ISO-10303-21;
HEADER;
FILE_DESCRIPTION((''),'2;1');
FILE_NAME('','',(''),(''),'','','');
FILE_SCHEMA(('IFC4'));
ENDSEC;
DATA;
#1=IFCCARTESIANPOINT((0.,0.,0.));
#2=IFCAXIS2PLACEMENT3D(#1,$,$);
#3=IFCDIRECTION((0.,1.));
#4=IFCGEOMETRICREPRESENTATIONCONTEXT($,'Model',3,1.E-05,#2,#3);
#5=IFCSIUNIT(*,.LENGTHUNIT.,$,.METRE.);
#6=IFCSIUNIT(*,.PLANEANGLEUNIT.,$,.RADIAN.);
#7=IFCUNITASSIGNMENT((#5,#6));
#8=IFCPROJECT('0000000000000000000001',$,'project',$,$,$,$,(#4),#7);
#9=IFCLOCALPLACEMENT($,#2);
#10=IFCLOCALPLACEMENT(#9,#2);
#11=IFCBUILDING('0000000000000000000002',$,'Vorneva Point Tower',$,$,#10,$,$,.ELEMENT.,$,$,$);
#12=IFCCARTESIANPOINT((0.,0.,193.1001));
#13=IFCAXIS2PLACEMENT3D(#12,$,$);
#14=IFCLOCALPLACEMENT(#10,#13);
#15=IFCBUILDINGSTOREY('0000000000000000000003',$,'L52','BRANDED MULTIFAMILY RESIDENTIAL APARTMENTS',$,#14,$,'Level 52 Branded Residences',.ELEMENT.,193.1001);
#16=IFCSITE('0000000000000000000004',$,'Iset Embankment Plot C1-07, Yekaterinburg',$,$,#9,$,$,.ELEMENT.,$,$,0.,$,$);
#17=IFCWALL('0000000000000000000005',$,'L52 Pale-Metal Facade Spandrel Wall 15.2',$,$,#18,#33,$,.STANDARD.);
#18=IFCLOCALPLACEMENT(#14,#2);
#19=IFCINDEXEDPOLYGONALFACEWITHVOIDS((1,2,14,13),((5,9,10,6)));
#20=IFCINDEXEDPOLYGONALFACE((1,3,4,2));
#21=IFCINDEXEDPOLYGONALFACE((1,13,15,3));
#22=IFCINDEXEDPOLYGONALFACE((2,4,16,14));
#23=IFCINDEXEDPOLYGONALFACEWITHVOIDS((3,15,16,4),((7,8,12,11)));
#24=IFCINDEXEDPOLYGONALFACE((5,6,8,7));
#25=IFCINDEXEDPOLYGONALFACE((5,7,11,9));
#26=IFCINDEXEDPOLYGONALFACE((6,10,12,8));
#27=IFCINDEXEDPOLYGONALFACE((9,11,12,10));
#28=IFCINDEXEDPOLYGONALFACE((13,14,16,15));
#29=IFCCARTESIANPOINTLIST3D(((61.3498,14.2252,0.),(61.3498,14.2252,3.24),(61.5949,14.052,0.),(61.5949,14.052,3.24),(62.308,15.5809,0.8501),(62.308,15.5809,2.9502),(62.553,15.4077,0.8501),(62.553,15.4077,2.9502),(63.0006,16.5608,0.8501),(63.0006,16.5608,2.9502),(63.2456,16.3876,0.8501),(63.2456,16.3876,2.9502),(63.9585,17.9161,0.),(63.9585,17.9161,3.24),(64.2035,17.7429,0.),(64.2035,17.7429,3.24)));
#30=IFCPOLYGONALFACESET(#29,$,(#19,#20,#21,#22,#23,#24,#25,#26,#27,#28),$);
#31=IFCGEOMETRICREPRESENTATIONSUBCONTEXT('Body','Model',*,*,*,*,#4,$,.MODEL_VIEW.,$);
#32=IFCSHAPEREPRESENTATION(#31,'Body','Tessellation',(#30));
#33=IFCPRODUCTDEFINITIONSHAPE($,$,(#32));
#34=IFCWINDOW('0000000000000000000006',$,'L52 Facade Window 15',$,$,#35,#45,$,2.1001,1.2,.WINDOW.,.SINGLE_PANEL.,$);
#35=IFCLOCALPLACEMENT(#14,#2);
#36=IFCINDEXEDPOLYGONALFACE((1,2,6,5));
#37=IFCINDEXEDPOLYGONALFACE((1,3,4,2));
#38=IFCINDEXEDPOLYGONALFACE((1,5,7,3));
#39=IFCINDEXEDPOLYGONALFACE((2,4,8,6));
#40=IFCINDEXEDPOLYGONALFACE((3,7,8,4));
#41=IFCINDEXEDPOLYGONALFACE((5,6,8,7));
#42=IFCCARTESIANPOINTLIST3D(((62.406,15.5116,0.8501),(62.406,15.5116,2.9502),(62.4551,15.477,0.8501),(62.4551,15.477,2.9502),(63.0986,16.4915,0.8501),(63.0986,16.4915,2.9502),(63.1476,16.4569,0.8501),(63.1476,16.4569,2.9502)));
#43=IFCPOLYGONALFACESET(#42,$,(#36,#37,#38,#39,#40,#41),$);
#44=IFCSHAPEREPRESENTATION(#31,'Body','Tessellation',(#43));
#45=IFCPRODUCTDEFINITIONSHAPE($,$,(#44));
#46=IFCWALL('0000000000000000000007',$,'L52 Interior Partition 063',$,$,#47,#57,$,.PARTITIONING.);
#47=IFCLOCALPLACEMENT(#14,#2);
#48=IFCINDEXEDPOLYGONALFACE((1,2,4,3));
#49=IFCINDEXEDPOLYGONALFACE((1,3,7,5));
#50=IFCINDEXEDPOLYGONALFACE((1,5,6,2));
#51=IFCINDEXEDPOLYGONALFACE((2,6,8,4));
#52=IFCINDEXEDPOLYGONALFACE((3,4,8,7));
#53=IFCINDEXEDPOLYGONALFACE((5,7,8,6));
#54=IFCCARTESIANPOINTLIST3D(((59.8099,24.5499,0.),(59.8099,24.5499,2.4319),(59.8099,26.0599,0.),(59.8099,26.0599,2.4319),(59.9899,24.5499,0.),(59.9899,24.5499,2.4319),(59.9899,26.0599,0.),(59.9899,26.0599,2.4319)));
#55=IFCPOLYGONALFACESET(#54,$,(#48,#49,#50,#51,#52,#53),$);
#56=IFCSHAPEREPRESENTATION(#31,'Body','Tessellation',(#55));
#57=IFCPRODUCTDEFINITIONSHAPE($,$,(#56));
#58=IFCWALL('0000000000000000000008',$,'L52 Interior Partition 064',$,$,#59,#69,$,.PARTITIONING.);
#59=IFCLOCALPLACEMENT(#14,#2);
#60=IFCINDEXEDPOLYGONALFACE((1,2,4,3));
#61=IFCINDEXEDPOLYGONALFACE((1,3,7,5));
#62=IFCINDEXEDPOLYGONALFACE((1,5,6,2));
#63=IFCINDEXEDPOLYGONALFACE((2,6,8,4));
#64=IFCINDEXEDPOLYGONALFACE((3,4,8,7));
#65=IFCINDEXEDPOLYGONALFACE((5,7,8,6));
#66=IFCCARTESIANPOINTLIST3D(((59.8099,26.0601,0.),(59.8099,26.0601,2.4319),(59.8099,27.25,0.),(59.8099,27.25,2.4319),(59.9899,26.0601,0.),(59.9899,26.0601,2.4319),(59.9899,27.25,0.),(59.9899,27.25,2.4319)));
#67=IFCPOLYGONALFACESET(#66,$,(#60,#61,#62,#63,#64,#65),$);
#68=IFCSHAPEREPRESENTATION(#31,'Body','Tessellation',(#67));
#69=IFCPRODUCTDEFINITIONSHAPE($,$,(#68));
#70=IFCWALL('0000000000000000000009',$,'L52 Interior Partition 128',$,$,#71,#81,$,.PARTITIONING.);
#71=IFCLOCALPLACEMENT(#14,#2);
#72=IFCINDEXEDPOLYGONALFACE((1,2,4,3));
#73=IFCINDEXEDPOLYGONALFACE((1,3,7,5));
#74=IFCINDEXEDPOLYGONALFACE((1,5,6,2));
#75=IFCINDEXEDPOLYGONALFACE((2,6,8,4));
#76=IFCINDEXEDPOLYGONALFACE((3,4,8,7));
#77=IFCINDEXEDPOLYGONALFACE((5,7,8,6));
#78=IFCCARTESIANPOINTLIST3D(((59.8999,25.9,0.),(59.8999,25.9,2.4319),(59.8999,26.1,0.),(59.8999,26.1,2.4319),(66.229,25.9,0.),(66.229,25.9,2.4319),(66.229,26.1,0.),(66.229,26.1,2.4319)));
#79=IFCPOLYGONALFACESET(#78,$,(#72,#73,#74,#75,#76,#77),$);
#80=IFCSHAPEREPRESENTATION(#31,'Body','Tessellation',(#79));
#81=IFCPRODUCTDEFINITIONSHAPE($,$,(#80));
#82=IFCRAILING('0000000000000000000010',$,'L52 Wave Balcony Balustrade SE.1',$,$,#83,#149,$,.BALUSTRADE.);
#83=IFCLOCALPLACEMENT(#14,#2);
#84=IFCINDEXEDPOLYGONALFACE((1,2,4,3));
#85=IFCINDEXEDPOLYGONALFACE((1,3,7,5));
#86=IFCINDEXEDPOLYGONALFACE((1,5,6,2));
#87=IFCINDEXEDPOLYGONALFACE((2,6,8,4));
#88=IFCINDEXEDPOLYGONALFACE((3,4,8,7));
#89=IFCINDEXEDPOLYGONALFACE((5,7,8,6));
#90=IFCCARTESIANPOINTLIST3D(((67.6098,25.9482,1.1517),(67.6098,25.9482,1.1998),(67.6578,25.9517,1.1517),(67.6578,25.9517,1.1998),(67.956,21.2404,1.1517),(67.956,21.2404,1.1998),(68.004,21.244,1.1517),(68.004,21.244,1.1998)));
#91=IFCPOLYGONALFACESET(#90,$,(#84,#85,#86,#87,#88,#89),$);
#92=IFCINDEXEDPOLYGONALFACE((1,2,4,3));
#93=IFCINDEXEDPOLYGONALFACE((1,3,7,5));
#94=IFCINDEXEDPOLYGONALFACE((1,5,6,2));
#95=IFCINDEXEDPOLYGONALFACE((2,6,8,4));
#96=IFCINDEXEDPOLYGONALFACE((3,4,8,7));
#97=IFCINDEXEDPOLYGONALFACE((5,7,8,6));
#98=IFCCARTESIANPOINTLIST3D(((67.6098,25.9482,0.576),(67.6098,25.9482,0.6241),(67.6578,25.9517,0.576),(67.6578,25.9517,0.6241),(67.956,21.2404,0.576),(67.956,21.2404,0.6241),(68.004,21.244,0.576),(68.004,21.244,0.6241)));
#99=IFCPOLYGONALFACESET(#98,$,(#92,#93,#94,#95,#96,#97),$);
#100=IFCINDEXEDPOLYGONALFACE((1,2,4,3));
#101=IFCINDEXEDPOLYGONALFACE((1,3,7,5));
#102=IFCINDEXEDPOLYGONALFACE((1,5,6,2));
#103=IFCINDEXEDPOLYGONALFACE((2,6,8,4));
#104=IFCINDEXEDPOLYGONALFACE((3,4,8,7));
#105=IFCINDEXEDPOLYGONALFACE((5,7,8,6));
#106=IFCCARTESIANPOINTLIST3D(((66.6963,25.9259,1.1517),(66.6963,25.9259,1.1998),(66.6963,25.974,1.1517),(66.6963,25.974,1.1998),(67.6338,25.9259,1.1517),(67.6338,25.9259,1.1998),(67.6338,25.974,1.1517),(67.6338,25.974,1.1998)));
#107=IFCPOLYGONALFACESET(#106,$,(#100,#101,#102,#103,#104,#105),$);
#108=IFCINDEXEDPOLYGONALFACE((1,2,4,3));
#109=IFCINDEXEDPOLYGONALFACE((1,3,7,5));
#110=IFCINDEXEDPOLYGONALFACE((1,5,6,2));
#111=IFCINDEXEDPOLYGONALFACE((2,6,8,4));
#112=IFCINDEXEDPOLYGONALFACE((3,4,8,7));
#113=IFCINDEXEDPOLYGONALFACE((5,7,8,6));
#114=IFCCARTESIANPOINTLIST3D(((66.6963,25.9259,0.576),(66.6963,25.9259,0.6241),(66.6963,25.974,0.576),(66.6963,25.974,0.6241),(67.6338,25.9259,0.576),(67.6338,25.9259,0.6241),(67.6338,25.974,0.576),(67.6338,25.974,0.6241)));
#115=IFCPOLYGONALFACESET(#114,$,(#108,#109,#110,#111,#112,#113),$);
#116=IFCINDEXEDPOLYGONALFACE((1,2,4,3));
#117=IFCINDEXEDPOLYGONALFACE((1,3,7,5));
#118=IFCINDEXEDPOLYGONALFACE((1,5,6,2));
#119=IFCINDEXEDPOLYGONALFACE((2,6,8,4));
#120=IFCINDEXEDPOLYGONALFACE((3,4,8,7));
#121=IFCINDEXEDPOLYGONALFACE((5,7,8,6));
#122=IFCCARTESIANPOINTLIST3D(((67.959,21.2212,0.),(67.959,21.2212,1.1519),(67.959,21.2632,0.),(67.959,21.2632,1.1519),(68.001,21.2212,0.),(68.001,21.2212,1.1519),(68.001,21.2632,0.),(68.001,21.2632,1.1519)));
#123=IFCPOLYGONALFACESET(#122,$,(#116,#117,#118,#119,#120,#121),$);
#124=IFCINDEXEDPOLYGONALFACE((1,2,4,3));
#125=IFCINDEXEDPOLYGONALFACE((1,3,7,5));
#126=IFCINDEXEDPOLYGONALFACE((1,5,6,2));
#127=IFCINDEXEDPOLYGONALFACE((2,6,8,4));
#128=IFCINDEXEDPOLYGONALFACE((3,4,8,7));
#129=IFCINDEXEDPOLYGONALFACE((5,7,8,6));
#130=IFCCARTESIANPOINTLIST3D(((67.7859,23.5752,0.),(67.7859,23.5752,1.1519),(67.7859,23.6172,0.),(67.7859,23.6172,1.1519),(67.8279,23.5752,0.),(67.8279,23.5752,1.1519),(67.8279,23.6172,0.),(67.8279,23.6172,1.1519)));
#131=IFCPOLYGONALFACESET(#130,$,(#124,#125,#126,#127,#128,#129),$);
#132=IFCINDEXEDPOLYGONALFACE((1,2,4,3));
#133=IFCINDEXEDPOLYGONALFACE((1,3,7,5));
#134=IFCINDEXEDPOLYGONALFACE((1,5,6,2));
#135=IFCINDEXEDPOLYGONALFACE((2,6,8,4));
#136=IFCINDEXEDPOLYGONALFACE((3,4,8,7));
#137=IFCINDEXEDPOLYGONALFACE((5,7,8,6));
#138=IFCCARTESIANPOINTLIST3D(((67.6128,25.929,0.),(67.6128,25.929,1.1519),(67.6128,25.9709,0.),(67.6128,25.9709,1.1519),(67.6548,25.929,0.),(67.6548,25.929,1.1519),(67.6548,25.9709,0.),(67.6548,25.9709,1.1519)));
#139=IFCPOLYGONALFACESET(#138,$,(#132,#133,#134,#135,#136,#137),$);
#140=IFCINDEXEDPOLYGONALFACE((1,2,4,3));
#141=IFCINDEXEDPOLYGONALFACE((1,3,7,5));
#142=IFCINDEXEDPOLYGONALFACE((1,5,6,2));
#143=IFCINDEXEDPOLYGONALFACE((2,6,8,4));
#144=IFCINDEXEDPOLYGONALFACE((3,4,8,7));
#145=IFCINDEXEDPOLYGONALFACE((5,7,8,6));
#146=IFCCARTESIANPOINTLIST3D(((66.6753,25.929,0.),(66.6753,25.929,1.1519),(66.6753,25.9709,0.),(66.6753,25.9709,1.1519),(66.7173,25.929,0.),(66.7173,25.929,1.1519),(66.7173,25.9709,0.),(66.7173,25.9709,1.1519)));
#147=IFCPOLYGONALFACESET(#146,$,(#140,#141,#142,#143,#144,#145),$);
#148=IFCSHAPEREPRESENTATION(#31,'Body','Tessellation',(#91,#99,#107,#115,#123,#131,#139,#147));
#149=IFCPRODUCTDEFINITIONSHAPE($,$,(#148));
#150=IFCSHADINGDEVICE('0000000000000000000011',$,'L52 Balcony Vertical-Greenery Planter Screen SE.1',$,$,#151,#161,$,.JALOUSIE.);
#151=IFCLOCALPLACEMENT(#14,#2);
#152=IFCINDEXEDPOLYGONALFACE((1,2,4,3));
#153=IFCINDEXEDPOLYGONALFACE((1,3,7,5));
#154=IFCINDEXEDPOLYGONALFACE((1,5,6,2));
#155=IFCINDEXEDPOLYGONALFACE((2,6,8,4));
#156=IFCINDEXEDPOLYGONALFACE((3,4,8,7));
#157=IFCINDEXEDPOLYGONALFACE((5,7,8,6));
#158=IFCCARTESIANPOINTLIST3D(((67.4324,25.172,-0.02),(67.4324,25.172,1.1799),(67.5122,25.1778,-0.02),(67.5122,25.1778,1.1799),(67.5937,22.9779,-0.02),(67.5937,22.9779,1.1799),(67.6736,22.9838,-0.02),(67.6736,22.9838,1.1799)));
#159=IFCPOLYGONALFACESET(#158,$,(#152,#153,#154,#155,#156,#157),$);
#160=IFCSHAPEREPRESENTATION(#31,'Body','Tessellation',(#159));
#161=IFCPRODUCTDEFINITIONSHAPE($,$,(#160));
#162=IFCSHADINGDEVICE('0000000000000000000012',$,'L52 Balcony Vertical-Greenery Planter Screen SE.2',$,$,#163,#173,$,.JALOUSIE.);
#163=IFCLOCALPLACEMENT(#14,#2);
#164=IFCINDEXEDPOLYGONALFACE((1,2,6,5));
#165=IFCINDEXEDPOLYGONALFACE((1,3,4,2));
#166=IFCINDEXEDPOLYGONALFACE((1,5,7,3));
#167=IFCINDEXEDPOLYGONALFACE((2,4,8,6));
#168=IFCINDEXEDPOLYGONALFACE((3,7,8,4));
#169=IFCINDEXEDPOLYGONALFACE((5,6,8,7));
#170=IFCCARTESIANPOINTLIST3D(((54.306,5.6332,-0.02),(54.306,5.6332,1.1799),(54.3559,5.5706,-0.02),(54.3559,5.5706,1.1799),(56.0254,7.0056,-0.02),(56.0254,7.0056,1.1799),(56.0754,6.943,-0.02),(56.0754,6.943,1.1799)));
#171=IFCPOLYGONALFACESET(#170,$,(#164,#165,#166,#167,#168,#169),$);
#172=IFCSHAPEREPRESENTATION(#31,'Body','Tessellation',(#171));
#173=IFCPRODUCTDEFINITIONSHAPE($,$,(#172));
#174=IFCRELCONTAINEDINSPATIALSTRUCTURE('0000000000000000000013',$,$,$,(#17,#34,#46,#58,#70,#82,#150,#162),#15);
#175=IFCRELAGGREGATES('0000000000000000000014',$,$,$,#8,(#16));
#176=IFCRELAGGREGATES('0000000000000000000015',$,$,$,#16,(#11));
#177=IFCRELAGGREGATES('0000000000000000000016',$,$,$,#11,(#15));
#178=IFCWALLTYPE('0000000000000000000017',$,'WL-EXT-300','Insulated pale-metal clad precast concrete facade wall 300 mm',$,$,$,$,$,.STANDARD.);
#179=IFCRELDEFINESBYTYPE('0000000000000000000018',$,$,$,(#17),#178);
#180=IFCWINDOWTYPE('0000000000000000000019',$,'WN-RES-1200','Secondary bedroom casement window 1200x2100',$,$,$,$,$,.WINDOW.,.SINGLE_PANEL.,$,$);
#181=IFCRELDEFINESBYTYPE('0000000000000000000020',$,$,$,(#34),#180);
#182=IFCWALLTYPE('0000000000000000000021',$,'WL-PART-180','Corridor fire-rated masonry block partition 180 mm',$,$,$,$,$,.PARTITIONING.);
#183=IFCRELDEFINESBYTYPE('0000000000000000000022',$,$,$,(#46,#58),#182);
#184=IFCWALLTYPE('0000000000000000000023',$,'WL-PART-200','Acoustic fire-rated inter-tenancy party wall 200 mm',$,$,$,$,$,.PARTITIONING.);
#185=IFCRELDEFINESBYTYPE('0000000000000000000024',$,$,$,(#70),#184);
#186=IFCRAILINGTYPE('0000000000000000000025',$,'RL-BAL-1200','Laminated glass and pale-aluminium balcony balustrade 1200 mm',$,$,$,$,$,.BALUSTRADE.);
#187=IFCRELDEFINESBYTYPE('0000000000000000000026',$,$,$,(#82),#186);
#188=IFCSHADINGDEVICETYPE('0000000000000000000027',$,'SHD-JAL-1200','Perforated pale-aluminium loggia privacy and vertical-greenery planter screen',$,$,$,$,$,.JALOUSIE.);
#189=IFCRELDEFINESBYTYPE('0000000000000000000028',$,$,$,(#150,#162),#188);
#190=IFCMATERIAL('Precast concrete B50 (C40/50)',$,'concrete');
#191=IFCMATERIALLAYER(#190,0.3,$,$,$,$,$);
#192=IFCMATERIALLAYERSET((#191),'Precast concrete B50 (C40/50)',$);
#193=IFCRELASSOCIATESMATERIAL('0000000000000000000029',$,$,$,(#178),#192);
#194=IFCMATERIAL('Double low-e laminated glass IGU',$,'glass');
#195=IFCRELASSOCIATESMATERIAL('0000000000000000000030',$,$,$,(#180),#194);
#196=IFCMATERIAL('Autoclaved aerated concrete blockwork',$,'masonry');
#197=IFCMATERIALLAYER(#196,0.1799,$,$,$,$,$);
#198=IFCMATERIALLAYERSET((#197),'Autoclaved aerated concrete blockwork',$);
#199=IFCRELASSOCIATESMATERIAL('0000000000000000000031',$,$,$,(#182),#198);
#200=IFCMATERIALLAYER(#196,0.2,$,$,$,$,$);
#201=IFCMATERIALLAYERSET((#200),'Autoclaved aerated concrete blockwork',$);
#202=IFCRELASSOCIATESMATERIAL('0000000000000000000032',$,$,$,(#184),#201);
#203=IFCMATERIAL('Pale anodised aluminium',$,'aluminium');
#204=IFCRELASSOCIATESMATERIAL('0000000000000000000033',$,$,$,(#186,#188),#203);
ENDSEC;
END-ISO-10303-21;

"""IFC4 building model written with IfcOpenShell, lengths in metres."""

from ifc_helpers import new_model, si_unit, direction, frame, frame_2d, origin, origin_2d, place, context, subcontext, project, spatial, rectangle, extrude, material, layer, layer_set, type_object, element, fill, save


model = new_model("IFC4")

# Units and contexts
model_context = context("Model", 3, precision=1e-05, world=origin(), true_north=direction((0.0, 1.0)))
body_context = subcontext(model_context, "Body", "Model", "MODEL_VIEW")
ifc_project = project(units=[si_unit("LENGTHUNIT", "METRE"), si_unit("PLANEANGLEUNIT", "RADIAN")], contexts=[model_context])

# Site, building, storey
site_placement = place(None, origin())
site = spatial("IfcSite", under=ifc_project, at=site_placement, Name="Iset Embankment Plot C1-07, Yekaterinburg", CompositionType="ELEMENT", RefElevation=0.0)
building_placement = place(site_placement, origin())
building = spatial("IfcBuilding", under=site, at=building_placement, Name="Vorneva Point Tower", CompositionType="ELEMENT")
storey_placement = place(building_placement, frame((0.0, 0.0, 193.1001)))
storey = spatial("IfcBuildingStorey", under=building, at=storey_placement, Name="L52", Description="BRANDED MULTIFAMILY RESIDENTIAL APARTMENTS", LongName="Level 52 Branded Residences", CompositionType="ELEMENT", Elevation=193.1001)

# Shared definitions
ifc_material_1 = material(Name="Pale anodised aluminium", Category="aluminium")

# Shared definitions
ifc_material_2 = material(Name="Double low-e laminated glass IGU", Category="glass")

# Shared definitions
ifc_material_3 = material(Name="Precast concrete B50 (C40/50)", Category="concrete")
ifc_layer_1 = layer(ifc_material_3, 0.3)
ifc_layer_set_1 = layer_set([ifc_layer_1], Name="Precast concrete B50 (C40/50)")
wall_type_1 = type_object("IfcWallType", Name="WL-EXT-300", Description="Insulated pale-metal clad precast concrete facade wall 300 mm", PredefinedType="STANDARD", material=ifc_layer_set_1)

# Wall, opening, window
wall_1_placement = place(storey_placement, frame((61.4724, 14.1387, 0.0), z_axis=(0.0, 0.0, 1.0), x_axis=(0.577169, 0.816625, 0.0)))
wall_1 = element("IfcWall", 1, at=wall_1_placement, inside=storey, type_object=wall_type_1, Name="L52 Pale-Metal Facade Spandrel Wall 15.2", PredefinedType="STANDARD", context=body_context, shape_type="SweptSolid", body=[
    extrude(rectangle(XDim=4.5198, YDim=0.3, at=frame_2d((2.2598, 0.0))), origin(), (0.0, 0.0, 1.0), 3.24),
])
opening_1_placement = place(wall_1_placement, frame((1.6599, 0.0, 0.8501)))
opening_1 = element("IfcOpeningElement", 2, at=opening_1_placement, cuts=wall_1, PredefinedType="OPENING", context=body_context, shape_type="SweptSolid", body=[
    extrude(rectangle(XDim=1.2, YDim=2.1001, at=frame_2d((0.6001, 1.05))), frame((0.0, 0.165, 0.0), z_axis=(0.0, -1.0, 0.0), x_axis=(1.0, 0.0, 0.0)), (0.0, 0.0, 1.0), 0.3298),
])
window_type = type_object("IfcWindowType", Name="WN-RES-1200", Description="Secondary bedroom casement window 1200x2100", PartitioningType="SINGLE_PANEL", PredefinedType="WINDOW", material=ifc_material_2)
window_placement = place(opening_1_placement, origin())
window = element("IfcWindow", 3, at=window_placement, inside=storey, type_object=window_type, Name="L52 Facade Window 15", OverallHeight=2.1001, OverallWidth=1.2, PartitioningType="SINGLE_PANEL", PredefinedType="WINDOW", context=body_context, shape_type="SweptSolid", body=[
    extrude(rectangle(XDim=1.2, YDim=2.1001, at=frame_2d((0.6001, 1.05))), frame((0.0, 0.03, 0.0), z_axis=(0.0, -1.0, 0.0), x_axis=(1.0, 0.0, 0.0)), (0.0, 0.0, 1.0), 0.0601),
])
fill(opening_1, window)

# Walls
ifc_material_4 = material(Name="Autoclaved aerated concrete blockwork", Category="masonry")
ifc_layer_2 = layer(ifc_material_4, 0.1799)
ifc_layer_set_2 = layer_set([ifc_layer_2], Name="Autoclaved aerated concrete blockwork")
wall_type_2 = type_object("IfcWallType", Name="WL-PART-180", Description="Corridor fire-rated masonry block partition 180 mm", PredefinedType="PARTITIONING", material=ifc_layer_set_2)
wall_2_placement = place(storey_placement, frame((59.8999, 24.55, 0.0), z_axis=(0.0, 0.0, 1.0), x_axis=(0.0, 1.0, 0.0)))
element("IfcWall", 4, at=wall_2_placement, inside=storey, type_object=wall_type_2, Name="L52 Interior Partition 063", PredefinedType="PARTITIONING", context=body_context, shape_type="SweptSolid", body=[
    extrude(rectangle(XDim=1.51, YDim=0.1799, at=frame_2d((0.7549, 0.0))), origin(), (0.0, 0.0, 1.0), 2.4319),
])
wall_3_placement = place(storey_placement, frame((59.8999, 26.0601, 0.0), z_axis=(0.0, 0.0, 1.0), x_axis=(0.0, 1.0, 0.0)))
element("IfcWall", 5, at=wall_3_placement, inside=storey, type_object=wall_type_2, Name="L52 Interior Partition 064", PredefinedType="PARTITIONING", context=body_context, shape_type="SweptSolid", body=[
    extrude(rectangle(XDim=1.1899, YDim=0.1799, at=frame_2d((0.595, 0.0))), origin(), (0.0, 0.0, 1.0), 2.4319),
])
ifc_layer_3 = layer(ifc_material_4, 0.2)
ifc_layer_set_3 = layer_set([ifc_layer_3], Name="Autoclaved aerated concrete blockwork")
wall_type_3 = type_object("IfcWallType", Name="WL-PART-200", Description="Acoustic fire-rated inter-tenancy party wall 200 mm", PredefinedType="PARTITIONING", material=ifc_layer_set_3)
wall_4_placement = place(storey_placement, frame((66.229, 26.0, 0.0), z_axis=(0.0, 0.0, 1.0), x_axis=(-1.0, 0.0, 0.0)))
element("IfcWall", 6, at=wall_4_placement, inside=storey, type_object=wall_type_3, Name="L52 Interior Partition 128", PredefinedType="PARTITIONING", context=body_context, shape_type="SweptSolid", body=[
    extrude(rectangle(XDim=6.3291, YDim=0.2, at=frame_2d((3.1646, 0.0))), origin(), (0.0, 0.0, 1.0), 2.4319),
])

# Railing
railing_type = type_object("IfcRailingType", Name="RL-BAL-1200", Description="Laminated glass and pale-aluminium balcony balustrade 1200 mm", PredefinedType="BALUSTRADE", material=ifc_material_1)
railing_placement = place(storey_placement, frame((67.98, 21.2422, 0.0)))
element("IfcRailing", 7, at=railing_placement, inside=storey, type_object=railing_type, Name="L52 Wave Balcony Balustrade SE.1", PredefinedType="BALUSTRADE", context=body_context, shape_type="SweptSolid", body=[
    extrude(rectangle(XDim=0.0481, YDim=0.0481, at=origin_2d()), frame((0.0, 0.0, 1.1758), z_axis=(-0.073338, 0.997307, 0.0), x_axis=(-0.997307, -0.073338, 0.0)), (0.0, 0.0, 1.0), 4.7205),
    extrude(rectangle(XDim=0.0481, YDim=0.0481, at=origin_2d()), frame((0.0, 0.0, 0.6001), z_axis=(-0.073338, 0.997307, 0.0), x_axis=(-0.997307, -0.073338, 0.0)), (0.0, 0.0, 1.0), 4.7205),
    extrude(rectangle(XDim=0.0481, YDim=0.0481, at=origin_2d()), frame((-0.3462, 4.7078, 1.1758), z_axis=(-1.0, 0.0, 0.0), x_axis=(0.0, -1.0, 0.0)), (0.0, 0.0, 1.0), 0.9375),
    extrude(rectangle(XDim=0.0481, YDim=0.0481, at=origin_2d()), frame((-0.3462, 4.7078, 0.6001), z_axis=(-1.0, 0.0, 0.0), x_axis=(0.0, -1.0, 0.0)), (0.0, 0.0, 1.0), 0.9375),
    extrude(rectangle(XDim=0.042, YDim=0.042, at=origin_2d()), origin(), (0.0, 0.0, 1.0), 1.1519),
    extrude(rectangle(XDim=0.042, YDim=0.042, at=origin_2d()), frame((-0.1731, 2.354, 0.0)), (0.0, 0.0, 1.0), 1.1519),
    extrude(rectangle(XDim=0.042, YDim=0.042, at=origin_2d()), frame((-0.3462, 4.7078, 0.0)), (0.0, 0.0, 1.0), 1.1519),
    extrude(rectangle(XDim=0.042, YDim=0.042, at=origin_2d()), frame((-1.2837, 4.7078, 0.0)), (0.0, 0.0, 1.0), 1.1519),
])

# Shading devices
shading_device_type = type_object("IfcShadingDeviceType", Name="SHD-JAL-1200", Description="Perforated pale-aluminium loggia privacy and vertical-greenery planter screen", PredefinedType="JALOUSIE", material=ifc_material_1)
for number, where, z_axis, x_axis, name in (
    (8, (67.553, 24.0779, -0.02), (0.0, 0.0, 1.0), (-0.073343, 0.997307, 0.0), "L52 Balcony Vertical-Greenery Planter Screen SE.1"),
    (9, (55.1907, 6.2881, -0.02), (0.0, 0.0, 1.0), (0.781575, 0.623811, 0.0), "L52 Balcony Vertical-Greenery Planter Screen SE.2"),
):
    element("IfcShadingDevice", number, at=place(storey_placement, frame(where, z_axis=z_axis, x_axis=x_axis)), inside=storey, type_object=shading_device_type, Name=name, PredefinedType="JALOUSIE", context=body_context, shape_type="SweptSolid", body=[
        extrude(rectangle(XDim=2.2, YDim=0.0801, at=origin_2d()), origin(), (0.0, 0.0, 1.0), 1.2),
    ])

save(model, "model.ifc")
